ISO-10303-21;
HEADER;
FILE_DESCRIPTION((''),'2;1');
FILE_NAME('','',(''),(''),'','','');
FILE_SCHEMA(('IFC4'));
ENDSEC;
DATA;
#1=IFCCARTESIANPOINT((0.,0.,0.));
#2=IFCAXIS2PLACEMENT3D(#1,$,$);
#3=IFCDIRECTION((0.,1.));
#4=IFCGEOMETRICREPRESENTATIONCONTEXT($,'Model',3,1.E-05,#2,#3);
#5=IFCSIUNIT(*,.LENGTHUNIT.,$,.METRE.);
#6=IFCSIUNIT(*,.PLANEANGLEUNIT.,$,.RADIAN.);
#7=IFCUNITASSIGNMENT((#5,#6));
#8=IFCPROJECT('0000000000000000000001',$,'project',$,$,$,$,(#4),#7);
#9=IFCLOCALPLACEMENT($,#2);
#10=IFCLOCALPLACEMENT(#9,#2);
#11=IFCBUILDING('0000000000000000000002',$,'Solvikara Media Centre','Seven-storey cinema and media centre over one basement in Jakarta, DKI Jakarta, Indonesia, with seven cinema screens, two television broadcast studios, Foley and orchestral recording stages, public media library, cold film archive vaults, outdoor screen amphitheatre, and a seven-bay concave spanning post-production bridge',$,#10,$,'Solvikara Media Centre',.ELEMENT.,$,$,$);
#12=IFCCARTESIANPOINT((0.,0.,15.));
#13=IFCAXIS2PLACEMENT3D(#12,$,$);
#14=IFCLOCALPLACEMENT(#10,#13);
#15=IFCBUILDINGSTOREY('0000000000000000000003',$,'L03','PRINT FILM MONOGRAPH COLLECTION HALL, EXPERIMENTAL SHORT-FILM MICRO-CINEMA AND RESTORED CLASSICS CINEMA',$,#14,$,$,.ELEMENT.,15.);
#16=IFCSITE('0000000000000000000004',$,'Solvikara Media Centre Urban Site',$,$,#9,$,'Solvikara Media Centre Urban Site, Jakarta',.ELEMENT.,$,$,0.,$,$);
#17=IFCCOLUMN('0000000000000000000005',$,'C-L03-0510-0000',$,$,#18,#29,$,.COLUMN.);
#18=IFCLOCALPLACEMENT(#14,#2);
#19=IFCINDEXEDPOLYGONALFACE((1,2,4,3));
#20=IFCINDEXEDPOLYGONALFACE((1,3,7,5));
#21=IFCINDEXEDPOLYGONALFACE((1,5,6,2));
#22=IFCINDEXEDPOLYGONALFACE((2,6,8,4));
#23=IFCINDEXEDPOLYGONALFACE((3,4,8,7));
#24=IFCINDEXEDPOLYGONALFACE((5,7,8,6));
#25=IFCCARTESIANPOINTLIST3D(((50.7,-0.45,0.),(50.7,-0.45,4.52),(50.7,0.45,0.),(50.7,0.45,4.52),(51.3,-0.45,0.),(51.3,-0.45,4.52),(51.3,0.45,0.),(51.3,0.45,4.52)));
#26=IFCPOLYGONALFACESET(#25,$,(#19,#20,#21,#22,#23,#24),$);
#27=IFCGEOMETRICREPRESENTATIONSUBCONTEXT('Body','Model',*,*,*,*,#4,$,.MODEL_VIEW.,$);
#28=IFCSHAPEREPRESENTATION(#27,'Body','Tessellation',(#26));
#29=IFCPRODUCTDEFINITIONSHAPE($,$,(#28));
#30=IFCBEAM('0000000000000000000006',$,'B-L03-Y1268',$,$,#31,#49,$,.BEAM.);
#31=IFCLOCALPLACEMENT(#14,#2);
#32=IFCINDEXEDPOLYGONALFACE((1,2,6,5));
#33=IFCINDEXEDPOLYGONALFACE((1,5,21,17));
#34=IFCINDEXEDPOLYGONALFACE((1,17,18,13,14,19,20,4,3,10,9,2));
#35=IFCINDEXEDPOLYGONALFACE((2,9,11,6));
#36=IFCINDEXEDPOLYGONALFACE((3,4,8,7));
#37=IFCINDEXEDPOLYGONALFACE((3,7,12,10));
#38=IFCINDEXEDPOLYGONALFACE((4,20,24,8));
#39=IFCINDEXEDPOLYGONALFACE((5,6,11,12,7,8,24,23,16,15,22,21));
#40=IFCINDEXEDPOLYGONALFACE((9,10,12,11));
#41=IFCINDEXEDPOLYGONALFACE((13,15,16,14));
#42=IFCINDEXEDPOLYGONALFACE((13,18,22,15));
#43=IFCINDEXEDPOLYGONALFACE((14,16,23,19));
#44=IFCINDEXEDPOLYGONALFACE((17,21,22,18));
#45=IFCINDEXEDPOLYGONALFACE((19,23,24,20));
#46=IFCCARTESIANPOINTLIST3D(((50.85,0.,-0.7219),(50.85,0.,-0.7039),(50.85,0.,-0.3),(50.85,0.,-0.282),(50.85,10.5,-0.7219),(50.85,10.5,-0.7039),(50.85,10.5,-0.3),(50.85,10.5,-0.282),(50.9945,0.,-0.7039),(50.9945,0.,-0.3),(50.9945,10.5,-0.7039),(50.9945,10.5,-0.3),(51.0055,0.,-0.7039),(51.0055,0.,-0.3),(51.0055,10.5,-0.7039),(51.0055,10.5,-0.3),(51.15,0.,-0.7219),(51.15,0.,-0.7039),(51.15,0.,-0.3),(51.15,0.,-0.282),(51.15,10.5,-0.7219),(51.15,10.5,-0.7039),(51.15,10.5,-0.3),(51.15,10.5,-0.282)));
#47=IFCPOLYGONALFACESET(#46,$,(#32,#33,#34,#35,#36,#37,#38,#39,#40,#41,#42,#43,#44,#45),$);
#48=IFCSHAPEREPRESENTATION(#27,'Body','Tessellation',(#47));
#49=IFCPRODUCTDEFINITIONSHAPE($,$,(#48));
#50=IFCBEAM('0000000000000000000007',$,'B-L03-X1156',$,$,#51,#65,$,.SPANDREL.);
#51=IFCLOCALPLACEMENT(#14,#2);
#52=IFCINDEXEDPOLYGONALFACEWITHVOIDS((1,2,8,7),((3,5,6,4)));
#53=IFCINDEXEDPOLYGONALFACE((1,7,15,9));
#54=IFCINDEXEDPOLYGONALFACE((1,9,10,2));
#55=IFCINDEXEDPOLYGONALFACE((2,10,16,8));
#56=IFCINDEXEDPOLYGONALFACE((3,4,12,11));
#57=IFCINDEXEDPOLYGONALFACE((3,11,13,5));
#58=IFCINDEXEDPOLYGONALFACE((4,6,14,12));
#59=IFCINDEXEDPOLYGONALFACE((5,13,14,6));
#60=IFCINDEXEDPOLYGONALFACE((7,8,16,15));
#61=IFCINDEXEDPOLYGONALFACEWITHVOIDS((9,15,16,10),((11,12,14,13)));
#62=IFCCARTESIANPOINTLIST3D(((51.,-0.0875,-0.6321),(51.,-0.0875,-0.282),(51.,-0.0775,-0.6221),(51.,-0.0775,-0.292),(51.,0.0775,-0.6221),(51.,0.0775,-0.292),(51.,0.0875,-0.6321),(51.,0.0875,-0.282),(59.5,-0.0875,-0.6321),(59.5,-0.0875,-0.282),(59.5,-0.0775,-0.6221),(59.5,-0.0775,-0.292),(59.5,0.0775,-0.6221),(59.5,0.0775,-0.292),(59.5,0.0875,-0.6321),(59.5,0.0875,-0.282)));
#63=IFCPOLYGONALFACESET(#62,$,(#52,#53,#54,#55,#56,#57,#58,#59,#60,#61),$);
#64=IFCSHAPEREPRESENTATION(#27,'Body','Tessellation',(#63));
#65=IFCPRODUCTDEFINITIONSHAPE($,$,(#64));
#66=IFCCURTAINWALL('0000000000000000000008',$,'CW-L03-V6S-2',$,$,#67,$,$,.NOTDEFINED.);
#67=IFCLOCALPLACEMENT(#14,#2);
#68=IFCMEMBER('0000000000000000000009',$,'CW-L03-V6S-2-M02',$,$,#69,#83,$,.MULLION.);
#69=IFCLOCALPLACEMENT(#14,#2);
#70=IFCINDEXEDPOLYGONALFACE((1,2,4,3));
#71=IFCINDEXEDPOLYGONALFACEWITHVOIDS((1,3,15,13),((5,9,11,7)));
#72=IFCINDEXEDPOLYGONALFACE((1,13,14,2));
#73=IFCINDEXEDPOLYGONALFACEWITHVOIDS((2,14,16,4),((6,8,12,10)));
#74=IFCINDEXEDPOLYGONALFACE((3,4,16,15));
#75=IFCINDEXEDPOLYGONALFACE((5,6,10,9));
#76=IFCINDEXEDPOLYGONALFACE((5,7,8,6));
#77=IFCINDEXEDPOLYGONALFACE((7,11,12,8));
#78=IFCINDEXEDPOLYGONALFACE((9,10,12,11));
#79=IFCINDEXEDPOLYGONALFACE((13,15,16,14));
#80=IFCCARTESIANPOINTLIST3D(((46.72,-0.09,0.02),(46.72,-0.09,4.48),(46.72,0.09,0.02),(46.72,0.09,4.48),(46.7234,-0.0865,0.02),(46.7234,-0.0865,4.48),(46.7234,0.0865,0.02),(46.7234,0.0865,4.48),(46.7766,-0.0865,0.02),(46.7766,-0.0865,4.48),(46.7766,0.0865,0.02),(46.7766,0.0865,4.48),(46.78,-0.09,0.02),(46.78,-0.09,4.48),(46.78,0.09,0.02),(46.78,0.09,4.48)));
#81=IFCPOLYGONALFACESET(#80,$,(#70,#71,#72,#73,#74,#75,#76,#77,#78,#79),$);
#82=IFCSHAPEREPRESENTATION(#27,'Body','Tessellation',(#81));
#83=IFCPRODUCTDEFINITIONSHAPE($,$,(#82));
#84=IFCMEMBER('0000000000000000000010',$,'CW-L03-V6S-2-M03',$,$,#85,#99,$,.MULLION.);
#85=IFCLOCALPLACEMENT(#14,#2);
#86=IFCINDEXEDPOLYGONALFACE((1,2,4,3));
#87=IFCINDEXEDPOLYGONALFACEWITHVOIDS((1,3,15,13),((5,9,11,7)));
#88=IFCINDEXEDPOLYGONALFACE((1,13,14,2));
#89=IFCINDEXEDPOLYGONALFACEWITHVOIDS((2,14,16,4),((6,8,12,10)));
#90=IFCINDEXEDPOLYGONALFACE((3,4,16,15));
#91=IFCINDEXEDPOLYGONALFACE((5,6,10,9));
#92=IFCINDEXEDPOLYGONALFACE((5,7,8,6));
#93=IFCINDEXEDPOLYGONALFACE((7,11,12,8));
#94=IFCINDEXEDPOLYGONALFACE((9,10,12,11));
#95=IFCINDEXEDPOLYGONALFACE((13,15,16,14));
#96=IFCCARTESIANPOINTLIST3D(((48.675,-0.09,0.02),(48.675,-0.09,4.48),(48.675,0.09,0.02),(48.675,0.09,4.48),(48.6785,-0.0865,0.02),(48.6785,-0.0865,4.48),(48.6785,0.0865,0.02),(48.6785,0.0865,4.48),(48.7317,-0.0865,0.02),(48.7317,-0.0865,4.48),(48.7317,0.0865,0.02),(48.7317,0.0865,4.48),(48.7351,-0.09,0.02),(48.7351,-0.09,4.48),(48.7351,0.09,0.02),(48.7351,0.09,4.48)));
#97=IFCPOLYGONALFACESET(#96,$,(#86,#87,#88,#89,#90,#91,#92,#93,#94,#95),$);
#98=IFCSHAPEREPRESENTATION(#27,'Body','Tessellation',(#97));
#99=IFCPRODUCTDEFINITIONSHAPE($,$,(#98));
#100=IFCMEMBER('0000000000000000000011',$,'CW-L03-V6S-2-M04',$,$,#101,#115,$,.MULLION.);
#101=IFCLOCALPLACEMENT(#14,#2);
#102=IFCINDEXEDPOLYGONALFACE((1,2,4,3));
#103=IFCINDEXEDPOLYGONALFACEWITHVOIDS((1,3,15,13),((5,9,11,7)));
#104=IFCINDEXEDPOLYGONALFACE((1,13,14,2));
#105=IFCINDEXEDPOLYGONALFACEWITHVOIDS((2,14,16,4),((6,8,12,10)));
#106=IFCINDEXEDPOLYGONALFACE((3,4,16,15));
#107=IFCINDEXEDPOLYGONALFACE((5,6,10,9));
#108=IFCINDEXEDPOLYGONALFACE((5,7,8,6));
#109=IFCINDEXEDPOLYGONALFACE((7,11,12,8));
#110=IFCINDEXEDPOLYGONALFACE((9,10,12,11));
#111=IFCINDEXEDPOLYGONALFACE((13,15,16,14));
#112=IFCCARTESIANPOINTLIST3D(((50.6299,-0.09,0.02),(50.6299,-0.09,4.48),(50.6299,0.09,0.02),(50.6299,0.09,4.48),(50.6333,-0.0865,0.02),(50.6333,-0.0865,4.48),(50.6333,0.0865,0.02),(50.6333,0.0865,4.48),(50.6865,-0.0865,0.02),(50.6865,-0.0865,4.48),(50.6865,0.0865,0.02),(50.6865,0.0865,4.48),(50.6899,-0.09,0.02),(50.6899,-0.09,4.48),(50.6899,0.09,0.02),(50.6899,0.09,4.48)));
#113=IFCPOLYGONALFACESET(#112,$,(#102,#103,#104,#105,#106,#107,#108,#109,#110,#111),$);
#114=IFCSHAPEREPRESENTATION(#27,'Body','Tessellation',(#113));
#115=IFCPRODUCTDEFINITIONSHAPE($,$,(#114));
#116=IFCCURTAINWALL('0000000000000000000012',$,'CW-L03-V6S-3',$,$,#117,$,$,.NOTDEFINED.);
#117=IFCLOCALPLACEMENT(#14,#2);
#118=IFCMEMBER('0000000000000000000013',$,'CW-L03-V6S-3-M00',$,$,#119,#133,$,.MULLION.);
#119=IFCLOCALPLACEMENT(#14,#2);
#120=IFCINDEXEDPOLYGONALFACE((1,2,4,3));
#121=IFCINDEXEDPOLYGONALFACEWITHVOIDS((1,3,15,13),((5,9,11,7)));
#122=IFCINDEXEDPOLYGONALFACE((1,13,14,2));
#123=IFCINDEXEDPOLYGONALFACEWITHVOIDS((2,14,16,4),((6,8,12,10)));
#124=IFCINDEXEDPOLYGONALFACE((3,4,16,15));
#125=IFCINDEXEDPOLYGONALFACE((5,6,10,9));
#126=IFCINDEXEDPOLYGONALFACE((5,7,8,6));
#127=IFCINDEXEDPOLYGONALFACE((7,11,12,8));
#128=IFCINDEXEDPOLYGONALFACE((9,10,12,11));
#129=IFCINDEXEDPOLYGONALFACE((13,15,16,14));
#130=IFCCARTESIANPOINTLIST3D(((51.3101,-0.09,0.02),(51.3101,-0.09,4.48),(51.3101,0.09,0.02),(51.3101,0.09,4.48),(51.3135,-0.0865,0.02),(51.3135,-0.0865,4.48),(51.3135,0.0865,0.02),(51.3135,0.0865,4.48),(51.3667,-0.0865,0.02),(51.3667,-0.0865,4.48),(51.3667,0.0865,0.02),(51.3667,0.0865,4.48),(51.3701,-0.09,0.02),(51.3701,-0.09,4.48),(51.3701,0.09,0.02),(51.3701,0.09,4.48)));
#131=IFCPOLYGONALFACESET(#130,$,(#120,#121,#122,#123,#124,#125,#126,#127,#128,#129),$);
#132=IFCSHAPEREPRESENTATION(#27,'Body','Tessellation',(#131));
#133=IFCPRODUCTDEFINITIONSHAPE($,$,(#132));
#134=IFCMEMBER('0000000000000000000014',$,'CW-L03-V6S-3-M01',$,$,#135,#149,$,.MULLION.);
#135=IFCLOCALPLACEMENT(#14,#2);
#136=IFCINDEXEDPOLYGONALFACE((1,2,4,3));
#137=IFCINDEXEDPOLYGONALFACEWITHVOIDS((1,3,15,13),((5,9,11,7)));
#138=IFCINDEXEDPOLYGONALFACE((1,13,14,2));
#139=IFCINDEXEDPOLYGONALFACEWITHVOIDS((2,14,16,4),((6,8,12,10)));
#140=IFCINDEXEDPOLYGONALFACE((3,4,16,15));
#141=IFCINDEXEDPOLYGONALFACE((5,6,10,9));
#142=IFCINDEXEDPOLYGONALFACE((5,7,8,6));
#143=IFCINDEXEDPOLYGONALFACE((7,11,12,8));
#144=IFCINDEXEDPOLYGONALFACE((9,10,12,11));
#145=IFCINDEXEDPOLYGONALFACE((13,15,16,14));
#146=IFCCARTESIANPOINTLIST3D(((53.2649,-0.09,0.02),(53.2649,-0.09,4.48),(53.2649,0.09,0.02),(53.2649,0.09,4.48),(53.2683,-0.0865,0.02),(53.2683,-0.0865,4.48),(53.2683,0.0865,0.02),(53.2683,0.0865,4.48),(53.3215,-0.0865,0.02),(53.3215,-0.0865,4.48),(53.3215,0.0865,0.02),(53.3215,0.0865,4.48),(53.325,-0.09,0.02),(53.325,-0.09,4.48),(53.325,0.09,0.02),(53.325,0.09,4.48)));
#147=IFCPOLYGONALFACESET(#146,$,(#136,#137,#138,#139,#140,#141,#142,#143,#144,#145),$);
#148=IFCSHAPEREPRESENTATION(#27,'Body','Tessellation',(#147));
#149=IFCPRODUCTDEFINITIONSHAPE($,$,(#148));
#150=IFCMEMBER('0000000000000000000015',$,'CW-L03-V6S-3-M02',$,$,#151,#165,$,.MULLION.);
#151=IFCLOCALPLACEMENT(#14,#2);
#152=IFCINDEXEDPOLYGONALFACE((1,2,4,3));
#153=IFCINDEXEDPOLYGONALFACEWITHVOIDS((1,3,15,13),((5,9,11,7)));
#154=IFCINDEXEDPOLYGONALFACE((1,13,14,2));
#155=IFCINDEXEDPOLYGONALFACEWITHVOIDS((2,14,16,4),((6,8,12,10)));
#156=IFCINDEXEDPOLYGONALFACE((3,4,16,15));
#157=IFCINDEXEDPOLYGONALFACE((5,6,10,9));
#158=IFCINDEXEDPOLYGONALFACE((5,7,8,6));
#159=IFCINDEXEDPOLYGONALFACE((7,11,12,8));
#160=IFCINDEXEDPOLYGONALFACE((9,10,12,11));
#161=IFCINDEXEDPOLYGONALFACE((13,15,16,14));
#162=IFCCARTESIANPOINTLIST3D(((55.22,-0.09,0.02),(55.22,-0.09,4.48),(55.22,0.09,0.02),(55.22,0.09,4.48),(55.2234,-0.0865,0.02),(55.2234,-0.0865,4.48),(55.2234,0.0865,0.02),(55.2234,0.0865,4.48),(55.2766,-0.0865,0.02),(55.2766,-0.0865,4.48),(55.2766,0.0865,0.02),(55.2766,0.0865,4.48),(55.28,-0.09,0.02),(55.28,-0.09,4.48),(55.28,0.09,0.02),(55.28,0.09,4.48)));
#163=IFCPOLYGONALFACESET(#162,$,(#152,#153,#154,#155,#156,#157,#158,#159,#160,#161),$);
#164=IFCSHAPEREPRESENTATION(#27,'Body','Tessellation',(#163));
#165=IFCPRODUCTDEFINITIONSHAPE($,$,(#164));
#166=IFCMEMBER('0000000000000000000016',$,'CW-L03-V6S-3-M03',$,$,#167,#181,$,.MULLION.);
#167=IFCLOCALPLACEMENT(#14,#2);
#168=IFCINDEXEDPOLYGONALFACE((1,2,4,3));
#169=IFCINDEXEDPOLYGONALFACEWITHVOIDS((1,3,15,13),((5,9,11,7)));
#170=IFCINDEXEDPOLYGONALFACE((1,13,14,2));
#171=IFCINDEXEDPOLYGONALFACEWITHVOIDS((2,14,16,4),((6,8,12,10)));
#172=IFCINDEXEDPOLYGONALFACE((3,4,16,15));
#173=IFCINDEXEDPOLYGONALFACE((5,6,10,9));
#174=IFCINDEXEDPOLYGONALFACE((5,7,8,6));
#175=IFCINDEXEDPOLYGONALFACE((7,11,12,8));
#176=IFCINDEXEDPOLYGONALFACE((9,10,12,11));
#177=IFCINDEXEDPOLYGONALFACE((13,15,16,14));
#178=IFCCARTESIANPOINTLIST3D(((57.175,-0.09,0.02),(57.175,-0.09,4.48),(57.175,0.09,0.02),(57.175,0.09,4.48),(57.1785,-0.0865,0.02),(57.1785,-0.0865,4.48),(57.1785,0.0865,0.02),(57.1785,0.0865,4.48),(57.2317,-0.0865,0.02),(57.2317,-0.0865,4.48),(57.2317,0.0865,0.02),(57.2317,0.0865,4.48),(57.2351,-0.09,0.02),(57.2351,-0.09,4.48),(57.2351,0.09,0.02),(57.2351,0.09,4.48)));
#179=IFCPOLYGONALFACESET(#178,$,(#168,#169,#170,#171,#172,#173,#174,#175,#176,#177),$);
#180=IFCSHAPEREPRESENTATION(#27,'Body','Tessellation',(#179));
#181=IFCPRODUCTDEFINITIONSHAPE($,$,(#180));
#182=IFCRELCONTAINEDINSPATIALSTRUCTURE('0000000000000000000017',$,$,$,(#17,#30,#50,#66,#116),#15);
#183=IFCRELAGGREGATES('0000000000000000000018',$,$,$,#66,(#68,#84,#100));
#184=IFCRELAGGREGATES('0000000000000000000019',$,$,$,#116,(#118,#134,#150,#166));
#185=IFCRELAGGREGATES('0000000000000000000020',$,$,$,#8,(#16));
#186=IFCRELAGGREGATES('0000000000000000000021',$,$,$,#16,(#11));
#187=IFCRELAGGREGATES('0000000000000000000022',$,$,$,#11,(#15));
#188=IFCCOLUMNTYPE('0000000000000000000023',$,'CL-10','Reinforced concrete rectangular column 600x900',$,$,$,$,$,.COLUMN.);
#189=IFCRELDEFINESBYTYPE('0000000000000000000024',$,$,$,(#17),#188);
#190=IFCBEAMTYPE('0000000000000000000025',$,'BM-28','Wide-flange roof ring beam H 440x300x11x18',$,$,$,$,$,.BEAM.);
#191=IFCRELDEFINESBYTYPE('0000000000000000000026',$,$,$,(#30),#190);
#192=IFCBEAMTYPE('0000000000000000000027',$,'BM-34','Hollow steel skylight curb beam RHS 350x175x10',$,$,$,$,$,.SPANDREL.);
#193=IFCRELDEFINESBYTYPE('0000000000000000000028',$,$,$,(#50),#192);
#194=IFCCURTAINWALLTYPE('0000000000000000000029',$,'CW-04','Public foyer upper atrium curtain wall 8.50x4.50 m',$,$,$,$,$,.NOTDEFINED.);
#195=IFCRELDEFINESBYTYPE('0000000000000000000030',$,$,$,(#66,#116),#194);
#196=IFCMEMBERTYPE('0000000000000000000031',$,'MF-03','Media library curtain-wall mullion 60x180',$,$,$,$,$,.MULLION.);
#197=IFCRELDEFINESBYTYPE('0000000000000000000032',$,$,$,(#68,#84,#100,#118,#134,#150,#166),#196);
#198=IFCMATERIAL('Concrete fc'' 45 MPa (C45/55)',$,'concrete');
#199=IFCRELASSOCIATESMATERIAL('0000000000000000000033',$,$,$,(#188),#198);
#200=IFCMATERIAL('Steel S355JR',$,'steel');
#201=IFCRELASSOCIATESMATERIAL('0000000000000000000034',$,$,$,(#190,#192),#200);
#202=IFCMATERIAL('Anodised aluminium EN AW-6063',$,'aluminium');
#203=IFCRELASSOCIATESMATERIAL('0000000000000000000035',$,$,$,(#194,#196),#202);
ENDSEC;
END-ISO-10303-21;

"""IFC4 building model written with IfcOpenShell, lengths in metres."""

from ifc_helpers import new_model, si_unit, direction, frame, origin, origin_2d, place, context, subcontext, project, spatial, rectangle, hollow_rectangle, i_section, extrude, material, material_profile, profile_set, type_object, element, aggregate, save


model = new_model("IFC4")

# Units and contexts
model_context = context("Model", 3, precision=1e-05, world=origin(), true_north=direction((0.0, 1.0)))
body_context = subcontext(model_context, "Body", "Model", "MODEL_VIEW")
ifc_project = project(units=[si_unit("LENGTHUNIT", "METRE"), si_unit("PLANEANGLEUNIT", "RADIAN")], contexts=[model_context])

# Site, building, storey
site_placement = place(None, origin())
site = spatial("IfcSite", under=ifc_project, at=site_placement, Name="Solvikara Media Centre Urban Site", LongName="Solvikara Media Centre Urban Site, Jakarta", CompositionType="ELEMENT", RefElevation=0.0)
building_placement = place(site_placement, origin())
building = spatial("IfcBuilding", under=site, at=building_placement, Name="Solvikara Media Centre", Description="Seven-storey cinema and media centre over one basement in Jakarta, DKI Jakarta, Indonesia, with seven cinema screens, two television broadcast studios, Foley and orchestral recording stages, public media library, cold film archive vaults, outdoor screen amphitheatre, and a seven-bay concave spanning post-production bridge", LongName="Solvikara Media Centre", CompositionType="ELEMENT")
storey_placement = place(building_placement, frame((0.0, 0.0, 15.0)))
storey = spatial("IfcBuildingStorey", under=building, at=storey_placement, Name="L03", Description="PRINT FILM MONOGRAPH COLLECTION HALL, EXPERIMENTAL SHORT-FILM MICRO-CINEMA AND RESTORED CLASSICS CINEMA", CompositionType="ELEMENT", Elevation=15.0)

# Column
ifc_material_1 = material(Name="Concrete fc' 45 MPa (C45/55)", Category="concrete")
ifc_material_profile_1 = material_profile(ifc_material_1, rectangle(XDim=0.6001, YDim=0.8999, at=origin_2d()), Name="RC 600x900")
ifc_profile_set_1 = profile_set([ifc_material_profile_1], Name="Concrete fc' 45 MPa (C45/55)")
column_type = type_object("IfcColumnType", Name="CL-10", Description="Reinforced concrete rectangular column 600x900", PredefinedType="COLUMN", material=ifc_profile_set_1)
column_placement = place(storey_placement, frame((51.0, 0.0, 0.0), z_axis=(0.0, 0.0, 1.0), x_axis=(1.0, 0.0, 0.0)))
element("IfcColumn", 1, at=column_placement, inside=storey, type_object=column_type, Name="C-L03-0510-0000", PredefinedType="COLUMN", context=body_context, shape_type="SweptSolid", body=[
    extrude(rectangle(XDim=0.6001, YDim=0.8999, at=origin_2d()), origin(), (0.0, 0.0, 1.0), 4.52),
])

# Beams
ifc_material_2 = material(Name="Steel S355JR", Category="steel")
ifc_material_profile_2 = material_profile(ifc_material_2, i_section(OverallWidth=0.3, OverallDepth=0.4399, WebThickness=0.011, FlangeThickness=0.0181, at=origin_2d()), Name="H 440x300x11x18")
ifc_profile_set_2 = profile_set([ifc_material_profile_2], Name="Steel S355JR")
beam_type_1 = type_object("IfcBeamType", Name="BM-28", Description="Wide-flange roof ring beam H 440x300x11x18", PredefinedType="BEAM", material=ifc_profile_set_2)
beam_1_placement = place(storey_placement, frame((51.0, 0.0, -0.502), z_axis=(0.0, 1.0, 0.0), x_axis=(-1.0, 0.0, 0.0)))
element("IfcBeam", 2, at=beam_1_placement, inside=storey, type_object=beam_type_1, Name="B-L03-Y1268", PredefinedType="BEAM", context=body_context, shape_type="SweptSolid", body=[
    extrude(i_section(OverallWidth=0.3, OverallDepth=0.4399, WebThickness=0.011, FlangeThickness=0.0181, at=origin_2d()), origin(), (0.0, 0.0, 1.0), 10.5),
])
ifc_material_profile_3 = material_profile(ifc_material_2, hollow_rectangle(XDim=0.175, YDim=0.3501, WallThickness=0.01, at=origin_2d()), Name="RHS 350x175x10")
ifc_profile_set_3 = profile_set([ifc_material_profile_3], Name="Steel S355JR")
beam_type_2 = type_object("IfcBeamType", Name="BM-34", Description="Hollow steel skylight curb beam RHS 350x175x10", PredefinedType="SPANDREL", material=ifc_profile_set_3)
beam_2_placement = place(storey_placement, frame((51.0, 0.0, -0.457), z_axis=(1.0, 0.0, 0.0), x_axis=(0.0, 1.0, 0.0)))
element("IfcBeam", 3, at=beam_2_placement, inside=storey, type_object=beam_type_2, Name="B-L03-X1156", PredefinedType="SPANDREL", context=body_context, shape_type="SweptSolid", body=[
    extrude(hollow_rectangle(XDim=0.175, YDim=0.3501, WallThickness=0.01, at=origin_2d()), origin(), (0.0, 0.0, 1.0), 8.5),
])

# Curtain walls, members
ifc_material_3 = material(Name="Anodised aluminium EN AW-6063", Category="aluminium")
curtain_wall_type = type_object("IfcCurtainWallType", Name="CW-04", Description="Public foyer upper atrium curtain wall 8.50x4.50 m", PredefinedType="NOTDEFINED", material=ifc_material_3)
curtain_wall_1_placement = place(storey_placement, origin())
curtain_wall_1 = element("IfcCurtainWall", 4, at=curtain_wall_1_placement, inside=storey, type_object=curtain_wall_type, Name="CW-L03-V6S-2", PredefinedType="NOTDEFINED")
ifc_material_profile_4 = material_profile(ifc_material_3, hollow_rectangle(XDim=0.0601, YDim=0.1799, WallThickness=0.0034, at=origin_2d()), Name="ALU-M 60x180x3.5")
ifc_profile_set_4 = profile_set([ifc_material_profile_4], Name="Anodised aluminium EN AW-6063")
member_type_1 = type_object("IfcMemberType", Name="MF-03", Description="Media library curtain-wall mullion 60x180", PredefinedType="MULLION", material=ifc_profile_set_4)
member_1_placement = place(storey_placement, frame((46.75, 0.0, 0.02), z_axis=(0.0, 0.0, 1.0), x_axis=(1.0, 0.0, 0.0)))
member_1 = element("IfcMember", 5, at=member_1_placement, type_object=member_type_1, Name="CW-L03-V6S-2-M02", PredefinedType="MULLION", context=body_context, shape_type="SweptSolid", body=[
    extrude(hollow_rectangle(XDim=0.0601, YDim=0.1799, WallThickness=0.0034, at=origin_2d()), origin(), (0.0, 0.0, 1.0), 4.46),
])
member_2_placement = place(storey_placement, frame((48.7051, 0.0, 0.02), z_axis=(0.0, 0.0, 1.0), x_axis=(1.0, 0.0, 0.0)))
member_2 = element("IfcMember", 6, at=member_2_placement, type_object=member_type_1, Name="CW-L03-V6S-2-M03", PredefinedType="MULLION", context=body_context, shape_type="SweptSolid", body=[
    extrude(hollow_rectangle(XDim=0.0601, YDim=0.1799, WallThickness=0.0034, at=origin_2d()), origin(), (0.0, 0.0, 1.0), 4.46),
])
member_3_placement = place(storey_placement, frame((50.6599, 0.0, 0.02), z_axis=(0.0, 0.0, 1.0), x_axis=(1.0, 0.0, 0.0)))
member_3 = element("IfcMember", 7, at=member_3_placement, type_object=member_type_1, Name="CW-L03-V6S-2-M04", PredefinedType="MULLION", context=body_context, shape_type="SweptSolid", body=[
    extrude(hollow_rectangle(XDim=0.0601, YDim=0.1799, WallThickness=0.0034, at=origin_2d()), origin(), (0.0, 0.0, 1.0), 4.46),
])
curtain_wall_2_placement = place(storey_placement, origin())
curtain_wall_2 = element("IfcCurtainWall", 8, at=curtain_wall_2_placement, inside=storey, type_object=curtain_wall_type, Name="CW-L03-V6S-3", PredefinedType="NOTDEFINED")
member_4_placement = place(storey_placement, frame((51.3401, 0.0, 0.02), z_axis=(0.0, 0.0, 1.0), x_axis=(1.0, 0.0, 0.0)))
member_4 = element("IfcMember", 9, at=member_4_placement, type_object=member_type_1, Name="CW-L03-V6S-3-M00", PredefinedType="MULLION", context=body_context, shape_type="SweptSolid", body=[
    extrude(hollow_rectangle(XDim=0.0601, YDim=0.1799, WallThickness=0.0034, at=origin_2d()), origin(), (0.0, 0.0, 1.0), 4.46),
])
member_5_placement = place(storey_placement, frame((53.2949, 0.0, 0.02), z_axis=(0.0, 0.0, 1.0), x_axis=(1.0, 0.0, 0.0)))
member_5 = element("IfcMember", 10, at=member_5_placement, type_object=member_type_1, Name="CW-L03-V6S-3-M01", PredefinedType="MULLION", context=body_context, shape_type="SweptSolid", body=[
    extrude(hollow_rectangle(XDim=0.0601, YDim=0.1799, WallThickness=0.0034, at=origin_2d()), origin(), (0.0, 0.0, 1.0), 4.46),
])
member_6_placement = place(storey_placement, frame((55.25, 0.0, 0.02), z_axis=(0.0, 0.0, 1.0), x_axis=(1.0, 0.0, 0.0)))
member_6 = element("IfcMember", 11, at=member_6_placement, type_object=member_type_1, Name="CW-L03-V6S-3-M02", PredefinedType="MULLION", context=body_context, shape_type="SweptSolid", body=[
    extrude(hollow_rectangle(XDim=0.0601, YDim=0.1799, WallThickness=0.0034, at=origin_2d()), origin(), (0.0, 0.0, 1.0), 4.46),
])
member_7_placement = place(storey_placement, frame((57.2051, 0.0, 0.02), z_axis=(0.0, 0.0, 1.0), x_axis=(1.0, 0.0, 0.0)))
member_7 = element("IfcMember", 12, at=member_7_placement, type_object=member_type_1, Name="CW-L03-V6S-3-M03", PredefinedType="MULLION", context=body_context, shape_type="SweptSolid", body=[
    extrude(hollow_rectangle(XDim=0.0601, YDim=0.1799, WallThickness=0.0034, at=origin_2d()), origin(), (0.0, 0.0, 1.0), 4.46),
])

aggregate(curtain_wall_1, [member_1, member_2, member_3])
aggregate(curtain_wall_2, [member_4, member_5, member_6, member_7])

save(model, "model.ifc")
